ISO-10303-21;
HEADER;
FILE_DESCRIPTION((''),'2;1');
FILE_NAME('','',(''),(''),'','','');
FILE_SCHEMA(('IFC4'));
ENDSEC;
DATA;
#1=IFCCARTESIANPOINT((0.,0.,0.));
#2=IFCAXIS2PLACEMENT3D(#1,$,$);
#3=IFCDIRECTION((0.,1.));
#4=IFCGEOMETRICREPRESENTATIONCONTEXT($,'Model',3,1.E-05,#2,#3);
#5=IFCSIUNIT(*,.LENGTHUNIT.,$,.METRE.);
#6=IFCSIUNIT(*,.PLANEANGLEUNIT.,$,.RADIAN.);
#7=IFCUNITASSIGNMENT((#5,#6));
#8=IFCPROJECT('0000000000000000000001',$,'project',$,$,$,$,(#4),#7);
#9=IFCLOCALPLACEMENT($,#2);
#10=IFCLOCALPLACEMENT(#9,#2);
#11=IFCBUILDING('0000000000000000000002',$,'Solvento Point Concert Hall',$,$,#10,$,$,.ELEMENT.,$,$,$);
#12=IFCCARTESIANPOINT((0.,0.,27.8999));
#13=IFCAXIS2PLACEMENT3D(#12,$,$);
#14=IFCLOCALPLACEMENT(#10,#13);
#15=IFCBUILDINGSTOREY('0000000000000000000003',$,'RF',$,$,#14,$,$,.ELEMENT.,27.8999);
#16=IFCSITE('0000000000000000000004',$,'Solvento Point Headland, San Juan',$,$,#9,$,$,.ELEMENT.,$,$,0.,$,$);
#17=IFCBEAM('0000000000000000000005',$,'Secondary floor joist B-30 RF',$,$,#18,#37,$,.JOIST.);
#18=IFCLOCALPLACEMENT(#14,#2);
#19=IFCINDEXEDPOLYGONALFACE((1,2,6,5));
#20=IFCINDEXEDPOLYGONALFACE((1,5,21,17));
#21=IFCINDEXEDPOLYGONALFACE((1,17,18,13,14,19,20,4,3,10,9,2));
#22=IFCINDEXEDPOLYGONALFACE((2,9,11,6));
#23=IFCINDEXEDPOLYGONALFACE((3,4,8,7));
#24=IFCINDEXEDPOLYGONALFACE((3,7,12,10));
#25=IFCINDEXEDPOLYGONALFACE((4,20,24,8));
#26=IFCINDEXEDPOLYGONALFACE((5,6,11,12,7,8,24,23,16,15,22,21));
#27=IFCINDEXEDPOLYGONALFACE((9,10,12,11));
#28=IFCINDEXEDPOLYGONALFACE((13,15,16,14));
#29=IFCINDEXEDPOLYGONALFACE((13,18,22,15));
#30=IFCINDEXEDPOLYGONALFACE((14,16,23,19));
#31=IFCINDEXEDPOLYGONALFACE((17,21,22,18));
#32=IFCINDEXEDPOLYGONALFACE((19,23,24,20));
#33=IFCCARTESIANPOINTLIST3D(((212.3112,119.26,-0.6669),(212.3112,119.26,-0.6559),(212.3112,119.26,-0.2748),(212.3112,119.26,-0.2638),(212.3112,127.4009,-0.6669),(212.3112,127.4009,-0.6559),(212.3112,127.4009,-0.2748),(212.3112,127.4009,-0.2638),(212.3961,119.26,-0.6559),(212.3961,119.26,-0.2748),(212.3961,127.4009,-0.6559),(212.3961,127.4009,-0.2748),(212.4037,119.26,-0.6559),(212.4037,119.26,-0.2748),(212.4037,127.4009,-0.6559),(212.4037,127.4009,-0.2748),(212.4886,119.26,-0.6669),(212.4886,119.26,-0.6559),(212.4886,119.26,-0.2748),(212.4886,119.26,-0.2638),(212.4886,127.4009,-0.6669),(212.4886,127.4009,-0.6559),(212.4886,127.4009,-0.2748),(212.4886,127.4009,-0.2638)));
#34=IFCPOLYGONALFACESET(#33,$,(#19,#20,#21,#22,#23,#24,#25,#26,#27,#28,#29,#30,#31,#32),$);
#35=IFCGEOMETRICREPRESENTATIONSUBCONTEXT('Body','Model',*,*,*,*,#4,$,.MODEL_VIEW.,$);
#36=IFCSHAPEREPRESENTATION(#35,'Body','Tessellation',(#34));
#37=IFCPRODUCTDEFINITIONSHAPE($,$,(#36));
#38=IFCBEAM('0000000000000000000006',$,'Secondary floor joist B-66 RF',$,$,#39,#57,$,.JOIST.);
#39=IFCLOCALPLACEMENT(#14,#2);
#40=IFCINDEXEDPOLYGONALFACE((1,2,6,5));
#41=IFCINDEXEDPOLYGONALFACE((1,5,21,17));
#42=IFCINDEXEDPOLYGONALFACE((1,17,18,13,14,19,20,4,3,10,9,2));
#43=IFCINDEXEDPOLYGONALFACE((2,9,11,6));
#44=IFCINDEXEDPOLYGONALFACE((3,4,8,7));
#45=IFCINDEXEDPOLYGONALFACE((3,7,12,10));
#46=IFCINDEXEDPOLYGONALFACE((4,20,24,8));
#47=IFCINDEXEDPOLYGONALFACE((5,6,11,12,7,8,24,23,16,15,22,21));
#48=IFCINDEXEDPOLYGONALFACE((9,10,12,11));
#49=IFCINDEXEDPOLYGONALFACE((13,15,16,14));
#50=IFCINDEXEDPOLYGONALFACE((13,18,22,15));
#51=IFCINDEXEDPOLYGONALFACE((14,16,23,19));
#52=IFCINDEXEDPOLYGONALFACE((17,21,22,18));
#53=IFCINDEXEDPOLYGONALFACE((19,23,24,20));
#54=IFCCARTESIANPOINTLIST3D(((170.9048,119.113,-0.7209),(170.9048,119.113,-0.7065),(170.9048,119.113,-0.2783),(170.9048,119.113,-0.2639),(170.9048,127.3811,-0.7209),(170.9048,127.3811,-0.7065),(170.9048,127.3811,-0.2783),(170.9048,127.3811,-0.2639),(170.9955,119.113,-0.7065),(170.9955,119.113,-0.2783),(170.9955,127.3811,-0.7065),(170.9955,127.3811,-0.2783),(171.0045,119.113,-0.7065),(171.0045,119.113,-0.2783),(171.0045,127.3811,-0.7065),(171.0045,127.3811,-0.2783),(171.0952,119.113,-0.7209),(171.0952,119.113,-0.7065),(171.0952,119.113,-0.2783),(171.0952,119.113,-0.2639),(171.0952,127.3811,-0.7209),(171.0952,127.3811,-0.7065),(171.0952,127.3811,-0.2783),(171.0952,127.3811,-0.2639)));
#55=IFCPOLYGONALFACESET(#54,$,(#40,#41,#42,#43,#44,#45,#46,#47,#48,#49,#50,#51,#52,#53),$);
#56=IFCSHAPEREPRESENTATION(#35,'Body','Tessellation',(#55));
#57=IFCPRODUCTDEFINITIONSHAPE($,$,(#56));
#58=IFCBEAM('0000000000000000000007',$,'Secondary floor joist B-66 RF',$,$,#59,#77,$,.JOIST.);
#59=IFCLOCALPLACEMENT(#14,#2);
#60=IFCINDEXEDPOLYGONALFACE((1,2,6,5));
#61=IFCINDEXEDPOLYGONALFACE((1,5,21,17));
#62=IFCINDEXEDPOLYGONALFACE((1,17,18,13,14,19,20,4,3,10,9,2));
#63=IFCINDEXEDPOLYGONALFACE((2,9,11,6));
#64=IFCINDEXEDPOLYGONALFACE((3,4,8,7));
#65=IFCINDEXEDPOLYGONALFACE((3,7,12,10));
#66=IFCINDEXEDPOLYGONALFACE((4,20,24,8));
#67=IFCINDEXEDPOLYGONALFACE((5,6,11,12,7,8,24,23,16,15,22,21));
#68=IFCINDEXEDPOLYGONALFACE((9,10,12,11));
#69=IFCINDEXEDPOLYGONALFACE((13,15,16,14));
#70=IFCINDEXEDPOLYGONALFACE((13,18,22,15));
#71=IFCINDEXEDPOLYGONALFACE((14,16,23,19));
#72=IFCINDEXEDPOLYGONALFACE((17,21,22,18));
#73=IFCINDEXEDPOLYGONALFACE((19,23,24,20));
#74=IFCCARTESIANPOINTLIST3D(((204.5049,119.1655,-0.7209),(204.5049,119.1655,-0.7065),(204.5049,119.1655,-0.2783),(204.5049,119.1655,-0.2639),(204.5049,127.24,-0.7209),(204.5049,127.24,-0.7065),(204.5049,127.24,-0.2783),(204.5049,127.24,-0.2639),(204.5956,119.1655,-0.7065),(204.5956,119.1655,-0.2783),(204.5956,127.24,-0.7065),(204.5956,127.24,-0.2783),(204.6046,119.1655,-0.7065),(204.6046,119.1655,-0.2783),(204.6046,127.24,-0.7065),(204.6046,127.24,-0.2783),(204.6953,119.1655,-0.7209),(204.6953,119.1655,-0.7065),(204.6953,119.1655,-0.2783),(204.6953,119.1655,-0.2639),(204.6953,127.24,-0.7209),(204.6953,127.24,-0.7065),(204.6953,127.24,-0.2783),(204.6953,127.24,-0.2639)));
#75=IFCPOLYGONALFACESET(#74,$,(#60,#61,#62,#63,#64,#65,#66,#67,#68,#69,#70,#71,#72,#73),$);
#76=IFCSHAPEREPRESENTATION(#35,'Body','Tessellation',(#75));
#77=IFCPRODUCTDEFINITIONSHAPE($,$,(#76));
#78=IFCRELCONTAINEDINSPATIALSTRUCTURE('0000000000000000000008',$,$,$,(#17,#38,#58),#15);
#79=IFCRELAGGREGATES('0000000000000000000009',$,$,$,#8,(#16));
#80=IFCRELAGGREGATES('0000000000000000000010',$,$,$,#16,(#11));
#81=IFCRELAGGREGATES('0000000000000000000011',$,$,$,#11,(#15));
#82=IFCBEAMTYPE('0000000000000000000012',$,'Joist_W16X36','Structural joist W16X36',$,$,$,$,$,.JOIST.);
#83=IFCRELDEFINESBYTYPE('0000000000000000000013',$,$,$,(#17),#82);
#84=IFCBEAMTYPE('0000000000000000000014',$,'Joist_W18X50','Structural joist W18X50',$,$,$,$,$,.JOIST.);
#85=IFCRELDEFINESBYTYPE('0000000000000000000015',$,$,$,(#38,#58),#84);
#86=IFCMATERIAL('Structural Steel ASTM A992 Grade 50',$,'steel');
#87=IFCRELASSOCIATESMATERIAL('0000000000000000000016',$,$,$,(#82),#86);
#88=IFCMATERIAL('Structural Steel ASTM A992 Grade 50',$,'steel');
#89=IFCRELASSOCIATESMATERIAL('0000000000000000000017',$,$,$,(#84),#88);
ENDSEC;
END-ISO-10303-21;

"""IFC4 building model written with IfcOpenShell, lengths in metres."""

from ifc_helpers import new_model, si_unit, direction, frame, origin, origin_2d, place, context, subcontext, project, spatial, i_section, extrude, material, material_profile, profile_set, type_object, element, save


model = new_model("IFC4")

# Units and contexts
model_context = context("Model", 3, precision=1e-05, world=origin(), true_north=direction((0.0, 1.0)))
body_context = subcontext(model_context, "Body", "Model", "MODEL_VIEW")
ifc_project = project(units=[si_unit("LENGTHUNIT", "METRE"), si_unit("PLANEANGLEUNIT", "RADIAN")], contexts=[model_context])

# Site, building, storey
site_placement = place(None, origin())
site = spatial("IfcSite", under=ifc_project, at=site_placement, Name="Solvento Point Headland, San Juan", CompositionType="ELEMENT", RefElevation=0.0)
building_placement = place(site_placement, origin())
building = spatial("IfcBuilding", under=site, at=building_placement, Name="Solvento Point Concert Hall", CompositionType="ELEMENT")
storey_placement = place(building_placement, frame((0.0, 0.0, 27.8999)))
storey = spatial("IfcBuildingStorey", under=building, at=storey_placement, Name="RF", CompositionType="ELEMENT", Elevation=27.8999)

# Beams
ifc_material_1 = material(Name="Structural Steel ASTM A992 Grade 50", Category="steel")
ifc_material_profile_1 = material_profile(ifc_material_1, i_section(OverallWidth=0.1775, OverallDepth=0.4031, WebThickness=0.0076, FlangeThickness=0.011, at=origin_2d()), Name="W16X36")
ifc_profile_set_1 = profile_set([ifc_material_profile_1], Name="Structural Steel ASTM A992 Grade 50")
beam_type_1 = type_object("IfcBeamType", Name="Joist_W16X36", Description="Structural joist W16X36", PredefinedType="JOIST", material=ifc_profile_set_1)
beam_1_placement = place(storey_placement, frame((212.3999, 119.26, -0.4653), z_axis=(0.0, 1.0, 0.0), x_axis=(-1.0, 0.0, 0.0)))
element("IfcBeam", 1, at=beam_1_placement, inside=storey, type_object=beam_type_1, Name="Secondary floor joist B-30 RF", PredefinedType="JOIST", context=body_context, shape_type="SweptSolid", body=[
    extrude(i_section(OverallWidth=0.1775, OverallDepth=0.4031, WebThickness=0.0076, FlangeThickness=0.011, at=origin_2d()), origin(), (0.0, 0.0, 1.0), 8.1409),
])
ifc_material_2 = material(Name="Structural Steel ASTM A992 Grade 50", Category="steel")
ifc_material_profile_2 = material_profile(ifc_material_2, i_section(OverallWidth=0.1904, OverallDepth=0.457, WebThickness=0.009, FlangeThickness=0.0144, at=origin_2d()), Name="W18X50")
ifc_profile_set_2 = profile_set([ifc_material_profile_2], Name="Structural Steel ASTM A992 Grade 50")
beam_type_2 = type_object("IfcBeamType", Name="Joist_W18X50", Description="Structural joist W18X50", PredefinedType="JOIST", material=ifc_profile_set_2)
beam_2_placement = place(storey_placement, frame((171.0, 119.113, -0.4924), z_axis=(0.0, 1.0, 0.0), x_axis=(-1.0, 0.0, 0.0)))
element("IfcBeam", 2, at=beam_2_placement, inside=storey, type_object=beam_type_2, Name="Secondary floor joist B-66 RF", PredefinedType="JOIST", context=body_context, shape_type="SweptSolid", body=[
    extrude(i_section(OverallWidth=0.1904, OverallDepth=0.457, WebThickness=0.009, FlangeThickness=0.0144, at=origin_2d()), origin(), (0.0, 0.0, 1.0), 8.2681),
])
beam_3_placement = place(storey_placement, frame((204.6001, 119.1655, -0.4924), z_axis=(0.0, 1.0, 0.0), x_axis=(-1.0, 0.0, 0.0)))
element("IfcBeam", 3, at=beam_3_placement, inside=storey, type_object=beam_type_2, Name="Secondary floor joist B-66 RF", PredefinedType="JOIST", context=body_context, shape_type="SweptSolid", body=[
    extrude(i_section(OverallWidth=0.1904, OverallDepth=0.457, WebThickness=0.009, FlangeThickness=0.0144, at=origin_2d()), origin(), (0.0, 0.0, 1.0), 8.0745),
])

save(model, "model.ifc")
